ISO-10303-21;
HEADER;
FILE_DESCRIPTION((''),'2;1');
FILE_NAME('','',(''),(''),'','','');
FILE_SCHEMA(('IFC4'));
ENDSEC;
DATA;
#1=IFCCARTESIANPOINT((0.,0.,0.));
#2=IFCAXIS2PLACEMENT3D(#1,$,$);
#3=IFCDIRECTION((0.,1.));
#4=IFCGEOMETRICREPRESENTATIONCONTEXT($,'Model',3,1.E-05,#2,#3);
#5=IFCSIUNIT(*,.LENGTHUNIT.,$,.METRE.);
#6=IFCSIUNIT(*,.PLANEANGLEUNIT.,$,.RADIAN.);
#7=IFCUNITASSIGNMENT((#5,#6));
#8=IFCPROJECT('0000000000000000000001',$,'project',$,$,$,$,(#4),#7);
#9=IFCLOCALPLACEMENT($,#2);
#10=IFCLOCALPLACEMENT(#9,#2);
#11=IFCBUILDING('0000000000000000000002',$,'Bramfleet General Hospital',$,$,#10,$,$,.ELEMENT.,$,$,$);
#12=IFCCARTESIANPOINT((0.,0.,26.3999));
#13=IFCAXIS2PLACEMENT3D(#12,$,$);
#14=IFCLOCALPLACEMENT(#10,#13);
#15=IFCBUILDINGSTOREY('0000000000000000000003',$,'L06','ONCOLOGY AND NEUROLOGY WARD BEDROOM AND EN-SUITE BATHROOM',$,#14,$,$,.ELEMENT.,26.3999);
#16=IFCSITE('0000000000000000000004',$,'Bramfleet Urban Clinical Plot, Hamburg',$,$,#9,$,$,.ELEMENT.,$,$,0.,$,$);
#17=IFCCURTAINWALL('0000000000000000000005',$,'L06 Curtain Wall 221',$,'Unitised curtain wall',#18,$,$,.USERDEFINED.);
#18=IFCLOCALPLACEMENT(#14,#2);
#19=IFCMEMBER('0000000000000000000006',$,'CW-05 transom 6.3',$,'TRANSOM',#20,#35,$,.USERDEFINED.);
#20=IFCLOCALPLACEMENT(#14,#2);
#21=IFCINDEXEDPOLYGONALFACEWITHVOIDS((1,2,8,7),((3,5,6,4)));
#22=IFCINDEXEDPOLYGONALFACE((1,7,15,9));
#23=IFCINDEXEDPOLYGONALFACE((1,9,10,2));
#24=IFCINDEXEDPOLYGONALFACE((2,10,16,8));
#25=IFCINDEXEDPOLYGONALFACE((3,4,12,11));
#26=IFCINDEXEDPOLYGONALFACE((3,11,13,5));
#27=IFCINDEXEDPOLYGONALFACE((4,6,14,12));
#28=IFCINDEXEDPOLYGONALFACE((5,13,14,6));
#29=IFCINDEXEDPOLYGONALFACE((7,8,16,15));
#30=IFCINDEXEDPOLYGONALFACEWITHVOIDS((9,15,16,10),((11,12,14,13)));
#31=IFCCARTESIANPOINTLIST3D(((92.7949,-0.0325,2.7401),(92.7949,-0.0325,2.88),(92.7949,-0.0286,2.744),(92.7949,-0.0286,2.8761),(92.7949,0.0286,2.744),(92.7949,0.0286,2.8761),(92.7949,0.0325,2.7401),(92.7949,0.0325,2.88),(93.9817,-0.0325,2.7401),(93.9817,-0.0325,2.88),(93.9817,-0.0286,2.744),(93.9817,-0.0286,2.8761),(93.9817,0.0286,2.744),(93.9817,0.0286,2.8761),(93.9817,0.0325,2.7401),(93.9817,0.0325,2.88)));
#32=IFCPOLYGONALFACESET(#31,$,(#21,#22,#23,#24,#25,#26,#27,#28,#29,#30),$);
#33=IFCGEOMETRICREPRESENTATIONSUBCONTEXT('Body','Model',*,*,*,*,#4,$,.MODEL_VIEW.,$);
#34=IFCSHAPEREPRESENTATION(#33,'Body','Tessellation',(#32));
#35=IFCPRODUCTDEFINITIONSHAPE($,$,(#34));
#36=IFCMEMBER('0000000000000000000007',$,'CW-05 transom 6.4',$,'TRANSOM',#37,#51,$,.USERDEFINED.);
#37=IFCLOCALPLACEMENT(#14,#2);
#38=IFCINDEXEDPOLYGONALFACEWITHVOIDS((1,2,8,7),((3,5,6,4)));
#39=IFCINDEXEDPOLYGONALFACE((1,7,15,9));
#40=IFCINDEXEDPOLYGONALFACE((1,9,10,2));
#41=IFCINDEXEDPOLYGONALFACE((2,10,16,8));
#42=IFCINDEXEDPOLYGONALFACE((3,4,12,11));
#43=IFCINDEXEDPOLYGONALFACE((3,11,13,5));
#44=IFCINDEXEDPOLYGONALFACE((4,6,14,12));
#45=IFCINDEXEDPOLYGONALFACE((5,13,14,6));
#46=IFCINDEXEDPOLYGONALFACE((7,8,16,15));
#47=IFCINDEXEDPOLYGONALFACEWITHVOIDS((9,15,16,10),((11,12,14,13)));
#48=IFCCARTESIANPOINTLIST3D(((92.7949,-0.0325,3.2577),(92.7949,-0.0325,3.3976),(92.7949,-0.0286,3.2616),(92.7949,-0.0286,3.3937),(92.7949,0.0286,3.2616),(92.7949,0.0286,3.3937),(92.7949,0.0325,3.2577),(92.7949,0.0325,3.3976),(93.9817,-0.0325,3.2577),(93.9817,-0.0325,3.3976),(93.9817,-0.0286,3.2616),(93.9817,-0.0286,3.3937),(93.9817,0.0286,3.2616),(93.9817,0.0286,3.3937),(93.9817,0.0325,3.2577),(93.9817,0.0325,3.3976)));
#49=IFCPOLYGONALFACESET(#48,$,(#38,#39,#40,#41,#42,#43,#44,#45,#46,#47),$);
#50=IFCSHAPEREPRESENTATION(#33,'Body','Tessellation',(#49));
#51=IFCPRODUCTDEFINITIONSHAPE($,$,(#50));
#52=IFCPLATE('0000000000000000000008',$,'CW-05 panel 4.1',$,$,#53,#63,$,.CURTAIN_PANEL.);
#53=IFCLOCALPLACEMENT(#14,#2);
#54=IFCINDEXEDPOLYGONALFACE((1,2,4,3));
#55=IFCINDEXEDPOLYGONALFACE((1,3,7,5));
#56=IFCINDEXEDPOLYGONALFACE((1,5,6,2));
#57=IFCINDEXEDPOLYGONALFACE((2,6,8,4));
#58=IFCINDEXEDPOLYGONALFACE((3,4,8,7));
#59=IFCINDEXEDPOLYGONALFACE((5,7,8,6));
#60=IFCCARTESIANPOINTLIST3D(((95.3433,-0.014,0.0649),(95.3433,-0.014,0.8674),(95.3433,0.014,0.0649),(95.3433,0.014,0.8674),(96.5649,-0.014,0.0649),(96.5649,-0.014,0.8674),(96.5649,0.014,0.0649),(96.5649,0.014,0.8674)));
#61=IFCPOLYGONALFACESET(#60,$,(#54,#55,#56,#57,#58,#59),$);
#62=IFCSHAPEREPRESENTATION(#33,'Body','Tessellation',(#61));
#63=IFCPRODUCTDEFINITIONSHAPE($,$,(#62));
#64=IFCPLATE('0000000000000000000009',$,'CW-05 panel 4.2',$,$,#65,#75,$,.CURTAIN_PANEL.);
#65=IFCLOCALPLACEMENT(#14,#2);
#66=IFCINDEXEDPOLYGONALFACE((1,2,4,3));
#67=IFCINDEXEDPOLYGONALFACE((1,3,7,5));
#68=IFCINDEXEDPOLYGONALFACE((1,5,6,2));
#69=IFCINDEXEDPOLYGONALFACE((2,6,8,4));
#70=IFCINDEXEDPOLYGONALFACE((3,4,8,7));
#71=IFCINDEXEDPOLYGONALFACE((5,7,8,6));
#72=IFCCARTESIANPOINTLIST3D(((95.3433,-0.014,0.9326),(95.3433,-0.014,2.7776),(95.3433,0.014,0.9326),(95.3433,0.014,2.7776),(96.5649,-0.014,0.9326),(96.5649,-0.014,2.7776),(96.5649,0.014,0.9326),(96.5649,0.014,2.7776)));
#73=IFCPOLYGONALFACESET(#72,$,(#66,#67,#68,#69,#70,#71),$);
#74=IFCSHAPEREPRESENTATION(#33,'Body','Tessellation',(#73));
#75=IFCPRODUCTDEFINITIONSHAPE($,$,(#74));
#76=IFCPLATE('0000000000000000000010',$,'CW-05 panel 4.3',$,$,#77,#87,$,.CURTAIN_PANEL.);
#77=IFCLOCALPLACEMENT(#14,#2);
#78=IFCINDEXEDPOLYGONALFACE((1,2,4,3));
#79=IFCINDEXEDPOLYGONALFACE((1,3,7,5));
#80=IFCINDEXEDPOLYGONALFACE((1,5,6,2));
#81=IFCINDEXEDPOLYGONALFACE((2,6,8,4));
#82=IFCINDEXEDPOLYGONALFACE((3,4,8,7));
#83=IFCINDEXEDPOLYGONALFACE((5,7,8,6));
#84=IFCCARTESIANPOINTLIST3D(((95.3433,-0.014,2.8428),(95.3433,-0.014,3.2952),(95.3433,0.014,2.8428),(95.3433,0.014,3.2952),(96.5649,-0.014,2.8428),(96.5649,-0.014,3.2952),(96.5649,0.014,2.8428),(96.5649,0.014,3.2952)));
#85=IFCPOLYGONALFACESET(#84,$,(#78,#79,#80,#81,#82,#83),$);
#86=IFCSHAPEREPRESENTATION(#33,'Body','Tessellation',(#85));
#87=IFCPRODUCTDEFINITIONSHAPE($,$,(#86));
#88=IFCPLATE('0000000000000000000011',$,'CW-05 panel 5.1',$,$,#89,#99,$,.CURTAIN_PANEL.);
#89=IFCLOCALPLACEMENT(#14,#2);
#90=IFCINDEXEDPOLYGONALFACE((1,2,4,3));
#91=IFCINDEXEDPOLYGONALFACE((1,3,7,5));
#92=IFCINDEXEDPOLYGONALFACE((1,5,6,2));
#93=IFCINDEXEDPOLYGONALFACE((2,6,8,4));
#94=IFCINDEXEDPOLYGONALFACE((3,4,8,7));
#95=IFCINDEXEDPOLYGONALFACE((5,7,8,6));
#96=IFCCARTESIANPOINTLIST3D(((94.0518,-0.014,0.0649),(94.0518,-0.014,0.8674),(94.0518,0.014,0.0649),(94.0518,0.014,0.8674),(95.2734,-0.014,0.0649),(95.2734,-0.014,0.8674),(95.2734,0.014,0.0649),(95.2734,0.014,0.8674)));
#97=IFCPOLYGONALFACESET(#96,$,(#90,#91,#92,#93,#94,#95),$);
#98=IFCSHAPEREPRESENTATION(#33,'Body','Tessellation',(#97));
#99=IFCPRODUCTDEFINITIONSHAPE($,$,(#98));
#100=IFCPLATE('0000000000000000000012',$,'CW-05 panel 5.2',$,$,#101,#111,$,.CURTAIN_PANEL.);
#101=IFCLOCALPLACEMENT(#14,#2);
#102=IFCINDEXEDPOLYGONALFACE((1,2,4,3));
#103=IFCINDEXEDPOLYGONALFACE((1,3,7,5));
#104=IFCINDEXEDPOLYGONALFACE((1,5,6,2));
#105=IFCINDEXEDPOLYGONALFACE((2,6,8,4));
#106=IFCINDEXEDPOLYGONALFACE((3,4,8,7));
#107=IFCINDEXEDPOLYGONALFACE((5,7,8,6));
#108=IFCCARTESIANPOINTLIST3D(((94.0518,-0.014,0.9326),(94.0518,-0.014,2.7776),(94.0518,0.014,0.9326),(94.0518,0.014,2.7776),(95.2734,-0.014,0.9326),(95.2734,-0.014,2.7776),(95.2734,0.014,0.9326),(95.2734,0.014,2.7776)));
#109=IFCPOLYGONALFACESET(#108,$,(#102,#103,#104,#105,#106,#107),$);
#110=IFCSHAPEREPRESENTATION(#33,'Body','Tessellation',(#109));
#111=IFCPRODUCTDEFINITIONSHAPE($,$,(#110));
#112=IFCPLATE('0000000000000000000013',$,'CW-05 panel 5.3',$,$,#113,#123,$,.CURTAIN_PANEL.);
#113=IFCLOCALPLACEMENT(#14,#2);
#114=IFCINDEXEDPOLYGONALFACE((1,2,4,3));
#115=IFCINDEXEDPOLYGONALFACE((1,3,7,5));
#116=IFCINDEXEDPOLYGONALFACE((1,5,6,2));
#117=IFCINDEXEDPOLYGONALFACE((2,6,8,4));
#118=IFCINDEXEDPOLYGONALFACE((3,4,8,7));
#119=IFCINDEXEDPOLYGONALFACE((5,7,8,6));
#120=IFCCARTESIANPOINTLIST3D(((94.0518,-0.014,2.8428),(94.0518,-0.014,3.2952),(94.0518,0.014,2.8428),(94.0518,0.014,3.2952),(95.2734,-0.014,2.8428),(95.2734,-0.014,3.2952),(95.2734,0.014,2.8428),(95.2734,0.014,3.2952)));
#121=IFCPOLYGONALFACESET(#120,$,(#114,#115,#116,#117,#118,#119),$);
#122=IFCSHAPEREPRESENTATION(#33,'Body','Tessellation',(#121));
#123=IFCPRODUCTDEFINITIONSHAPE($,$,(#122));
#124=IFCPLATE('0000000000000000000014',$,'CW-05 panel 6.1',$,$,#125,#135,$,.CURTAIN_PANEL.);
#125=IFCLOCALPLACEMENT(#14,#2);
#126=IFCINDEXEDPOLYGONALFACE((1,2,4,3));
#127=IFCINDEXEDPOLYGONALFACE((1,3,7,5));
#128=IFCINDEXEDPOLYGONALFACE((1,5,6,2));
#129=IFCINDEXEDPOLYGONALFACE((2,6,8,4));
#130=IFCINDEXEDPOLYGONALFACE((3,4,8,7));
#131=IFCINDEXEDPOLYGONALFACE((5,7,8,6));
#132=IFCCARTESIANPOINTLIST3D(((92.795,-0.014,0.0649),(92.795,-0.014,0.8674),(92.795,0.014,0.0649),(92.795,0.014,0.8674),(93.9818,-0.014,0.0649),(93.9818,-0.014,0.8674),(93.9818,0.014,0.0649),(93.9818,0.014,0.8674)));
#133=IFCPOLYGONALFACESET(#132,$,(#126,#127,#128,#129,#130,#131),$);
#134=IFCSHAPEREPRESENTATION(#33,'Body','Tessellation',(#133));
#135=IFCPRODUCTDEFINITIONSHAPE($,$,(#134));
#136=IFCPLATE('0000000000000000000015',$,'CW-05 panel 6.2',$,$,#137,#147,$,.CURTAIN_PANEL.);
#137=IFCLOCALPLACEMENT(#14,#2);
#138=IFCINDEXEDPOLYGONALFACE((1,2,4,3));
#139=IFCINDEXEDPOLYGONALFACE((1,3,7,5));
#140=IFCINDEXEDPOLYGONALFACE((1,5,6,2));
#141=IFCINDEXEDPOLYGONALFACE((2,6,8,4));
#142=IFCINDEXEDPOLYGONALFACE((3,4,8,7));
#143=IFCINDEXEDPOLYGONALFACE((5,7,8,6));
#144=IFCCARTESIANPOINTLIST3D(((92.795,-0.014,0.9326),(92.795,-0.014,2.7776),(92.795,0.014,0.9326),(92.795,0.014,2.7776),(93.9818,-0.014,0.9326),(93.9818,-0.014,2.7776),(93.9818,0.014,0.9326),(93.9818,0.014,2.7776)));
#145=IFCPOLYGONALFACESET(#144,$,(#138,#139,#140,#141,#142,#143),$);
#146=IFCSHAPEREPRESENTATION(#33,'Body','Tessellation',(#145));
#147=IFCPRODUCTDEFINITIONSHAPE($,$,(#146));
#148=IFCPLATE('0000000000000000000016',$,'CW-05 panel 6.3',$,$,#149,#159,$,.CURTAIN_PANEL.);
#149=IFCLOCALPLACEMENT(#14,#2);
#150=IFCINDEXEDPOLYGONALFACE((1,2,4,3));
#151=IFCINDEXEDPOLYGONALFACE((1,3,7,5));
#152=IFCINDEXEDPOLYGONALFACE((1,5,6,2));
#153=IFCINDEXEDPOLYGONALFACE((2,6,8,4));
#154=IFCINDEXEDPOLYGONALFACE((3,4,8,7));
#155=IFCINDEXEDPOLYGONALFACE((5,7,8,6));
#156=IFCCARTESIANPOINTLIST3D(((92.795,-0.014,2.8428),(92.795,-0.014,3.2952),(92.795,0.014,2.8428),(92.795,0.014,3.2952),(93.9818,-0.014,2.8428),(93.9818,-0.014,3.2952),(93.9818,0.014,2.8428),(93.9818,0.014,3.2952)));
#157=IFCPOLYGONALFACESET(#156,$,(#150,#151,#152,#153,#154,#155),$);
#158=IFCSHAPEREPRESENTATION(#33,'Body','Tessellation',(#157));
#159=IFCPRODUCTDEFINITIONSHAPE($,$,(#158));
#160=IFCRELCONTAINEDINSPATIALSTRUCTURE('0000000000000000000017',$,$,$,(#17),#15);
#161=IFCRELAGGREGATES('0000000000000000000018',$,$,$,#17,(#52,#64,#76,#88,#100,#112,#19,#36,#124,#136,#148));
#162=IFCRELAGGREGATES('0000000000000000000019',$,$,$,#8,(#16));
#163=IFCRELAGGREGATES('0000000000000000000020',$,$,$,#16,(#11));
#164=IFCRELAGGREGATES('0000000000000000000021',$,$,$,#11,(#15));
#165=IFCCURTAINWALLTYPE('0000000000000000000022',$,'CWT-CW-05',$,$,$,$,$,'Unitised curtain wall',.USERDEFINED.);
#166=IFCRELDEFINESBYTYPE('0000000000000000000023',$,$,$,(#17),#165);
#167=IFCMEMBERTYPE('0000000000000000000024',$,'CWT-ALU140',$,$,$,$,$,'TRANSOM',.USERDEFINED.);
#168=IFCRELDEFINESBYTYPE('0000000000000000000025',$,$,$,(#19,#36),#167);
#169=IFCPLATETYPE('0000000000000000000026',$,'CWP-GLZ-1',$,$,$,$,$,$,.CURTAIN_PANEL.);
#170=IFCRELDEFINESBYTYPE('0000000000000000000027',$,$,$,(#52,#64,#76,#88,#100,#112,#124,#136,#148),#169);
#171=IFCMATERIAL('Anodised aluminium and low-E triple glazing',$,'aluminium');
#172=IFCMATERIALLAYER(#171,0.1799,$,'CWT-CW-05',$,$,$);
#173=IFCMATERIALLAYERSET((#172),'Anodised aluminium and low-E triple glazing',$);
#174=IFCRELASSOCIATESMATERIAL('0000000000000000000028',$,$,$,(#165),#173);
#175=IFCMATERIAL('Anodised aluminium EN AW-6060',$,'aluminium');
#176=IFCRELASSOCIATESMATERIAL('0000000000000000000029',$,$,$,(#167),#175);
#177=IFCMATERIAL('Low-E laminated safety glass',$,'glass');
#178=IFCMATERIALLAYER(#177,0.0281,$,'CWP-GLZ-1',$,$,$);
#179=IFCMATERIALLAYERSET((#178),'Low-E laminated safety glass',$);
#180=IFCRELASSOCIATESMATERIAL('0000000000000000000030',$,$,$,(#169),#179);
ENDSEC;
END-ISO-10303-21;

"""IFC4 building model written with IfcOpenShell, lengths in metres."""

from ifc_helpers import new_model, si_unit, direction, frame, origin, origin_2d, place, context, subcontext, project, spatial, rectangle, hollow_rectangle, extrude, material, layer, layer_set, material_profile, profile_set, type_object, element, aggregate, save


model = new_model("IFC4")

# Units and contexts
model_context = context("Model", 3, precision=1e-05, world=origin(), true_north=direction((0.0, 1.0)))
body_context = subcontext(model_context, "Body", "Model", "MODEL_VIEW")
ifc_project = project(units=[si_unit("LENGTHUNIT", "METRE"), si_unit("PLANEANGLEUNIT", "RADIAN")], contexts=[model_context])

# Site, building, storey
site_placement = place(None, origin())
site = spatial("IfcSite", under=ifc_project, at=site_placement, Name="Bramfleet Urban Clinical Plot, Hamburg", CompositionType="ELEMENT", RefElevation=0.0)
building_placement = place(site_placement, origin())
building = spatial("IfcBuilding", under=site, at=building_placement, Name="Bramfleet General Hospital", CompositionType="ELEMENT")
storey_placement = place(building_placement, frame((0.0, 0.0, 26.3999)))
storey = spatial("IfcBuildingStorey", under=building, at=storey_placement, Name="L06", Description="ONCOLOGY AND NEUROLOGY WARD BEDROOM AND EN-SUITE BATHROOM", CompositionType="ELEMENT", Elevation=26.3999)

# Curtain wall, members, plates
ifc_material_1 = material(Name="Anodised aluminium and low-E triple glazing", Category="aluminium")
ifc_layer_1 = layer(ifc_material_1, 0.1799, Name="CWT-CW-05")
ifc_layer_set_1 = layer_set([ifc_layer_1], Name="Anodised aluminium and low-E triple glazing")
curtain_wall_type = type_object("IfcCurtainWallType", Name="CWT-CW-05", ElementType="Unitised curtain wall", PredefinedType="USERDEFINED", material=ifc_layer_set_1)
curtain_wall_placement = place(storey_placement, origin())
curtain_wall = element("IfcCurtainWall", 1, at=curtain_wall_placement, inside=storey, type_object=curtain_wall_type, Name="L06 Curtain Wall 221", ObjectType="Unitised curtain wall", PredefinedType="USERDEFINED")
ifc_material_2 = material(Name="Anodised aluminium EN AW-6060", Category="aluminium")
ifc_material_profile_1 = material_profile(ifc_material_2, hollow_rectangle(XDim=0.0649, YDim=0.1399, WallThickness=0.0039, at=origin_2d()), Name="ALU 140x65x4.0")
ifc_profile_set_1 = profile_set([ifc_material_profile_1], Name="Anodised aluminium EN AW-6060")
member_type_1 = type_object("IfcMemberType", Name="CWT-ALU140", ElementType="TRANSOM", PredefinedType="USERDEFINED", material=ifc_profile_set_1)
member_1_placement = place(storey_placement, frame((93.9817, 0.0, 2.8101), z_axis=(-1.0, 0.0, 0.0), x_axis=(0.0, -1.0, 0.0)))
member_1 = element("IfcMember", 2, at=member_1_placement, type_object=member_type_1, Name="CW-05 transom 6.3", ObjectType="TRANSOM", PredefinedType="USERDEFINED", context=body_context, shape_type="SweptSolid", body=[
    extrude(hollow_rectangle(XDim=0.0649, YDim=0.1399, WallThickness=0.0039, at=origin_2d()), origin(), (0.0, 0.0, 1.0), 1.1868),
])
member_2_placement = place(storey_placement, frame((93.9817, 0.0, 3.3276), z_axis=(-1.0, 0.0, 0.0), x_axis=(0.0, -1.0, 0.0)))
member_2 = element("IfcMember", 3, at=member_2_placement, type_object=member_type_1, Name="CW-05 transom 6.4", ObjectType="TRANSOM", PredefinedType="USERDEFINED", context=body_context, shape_type="SweptSolid", body=[
    extrude(hollow_rectangle(XDim=0.0649, YDim=0.1399, WallThickness=0.0039, at=origin_2d()), origin(), (0.0, 0.0, 1.0), 1.1868),
])
ifc_material_3 = material(Name="Low-E laminated safety glass", Category="glass")
ifc_layer_2 = layer(ifc_material_3, 0.0281, Name="CWP-GLZ-1")
ifc_layer_set_2 = layer_set([ifc_layer_2], Name="Low-E laminated safety glass")
plate_type = type_object("IfcPlateType", Name="CWP-GLZ-1", PredefinedType="CURTAIN_PANEL", material=ifc_layer_set_2)
plate_1_placement = place(storey_placement, frame((95.9541, 0.0, 0.0649), z_axis=(0.0, 0.0, 1.0), x_axis=(-1.0, 0.0, 0.0)))
plate_1 = element("IfcPlate", 4, at=plate_1_placement, type_object=plate_type, Name="CW-05 panel 4.1", PredefinedType="CURTAIN_PANEL", context=body_context, shape_type="SweptSolid", body=[
    extrude(rectangle(XDim=1.2217, YDim=0.0281, at=origin_2d()), origin(), (0.0, 0.0, 1.0), 0.8025),
])
plate_2_placement = place(storey_placement, frame((95.9541, 0.0, 0.9326), z_axis=(0.0, 0.0, 1.0), x_axis=(-1.0, 0.0, 0.0)))
plate_2 = element("IfcPlate", 5, at=plate_2_placement, type_object=plate_type, Name="CW-05 panel 4.2", PredefinedType="CURTAIN_PANEL", context=body_context, shape_type="SweptSolid", body=[
    extrude(rectangle(XDim=1.2217, YDim=0.0281, at=origin_2d()), origin(), (0.0, 0.0, 1.0), 1.845),
])
plate_3_placement = place(storey_placement, frame((95.9541, 0.0, 2.8428), z_axis=(0.0, 0.0, 1.0), x_axis=(-1.0, 0.0, 0.0)))
plate_3 = element("IfcPlate", 6, at=plate_3_placement, type_object=plate_type, Name="CW-05 panel 4.3", PredefinedType="CURTAIN_PANEL", context=body_context, shape_type="SweptSolid", body=[
    extrude(rectangle(XDim=1.2217, YDim=0.0281, at=origin_2d()), origin(), (0.0, 0.0, 1.0), 0.4524),
])
plate_4_placement = place(storey_placement, frame((94.6626, 0.0, 0.0649), z_axis=(0.0, 0.0, 1.0), x_axis=(-1.0, 0.0, 0.0)))
plate_4 = element("IfcPlate", 7, at=plate_4_placement, type_object=plate_type, Name="CW-05 panel 5.1", PredefinedType="CURTAIN_PANEL", context=body_context, shape_type="SweptSolid", body=[
    extrude(rectangle(XDim=1.2217, YDim=0.0281, at=origin_2d()), origin(), (0.0, 0.0, 1.0), 0.8025),
])
plate_5_placement = place(storey_placement, frame((94.6626, 0.0, 0.9326), z_axis=(0.0, 0.0, 1.0), x_axis=(-1.0, 0.0, 0.0)))
plate_5 = element("IfcPlate", 8, at=plate_5_placement, type_object=plate_type, Name="CW-05 panel 5.2", PredefinedType="CURTAIN_PANEL", context=body_context, shape_type="SweptSolid", body=[
    extrude(rectangle(XDim=1.2217, YDim=0.0281, at=origin_2d()), origin(), (0.0, 0.0, 1.0), 1.845),
])
plate_6_placement = place(storey_placement, frame((94.6626, 0.0, 2.8428), z_axis=(0.0, 0.0, 1.0), x_axis=(-1.0, 0.0, 0.0)))
plate_6 = element("IfcPlate", 9, at=plate_6_placement, type_object=plate_type, Name="CW-05 panel 5.3", PredefinedType="CURTAIN_PANEL", context=body_context, shape_type="SweptSolid", body=[
    extrude(rectangle(XDim=1.2217, YDim=0.0281, at=origin_2d()), origin(), (0.0, 0.0, 1.0), 0.4524),
])
plate_7_placement = place(storey_placement, frame((93.3884, 0.0, 0.0649), z_axis=(0.0, 0.0, 1.0), x_axis=(-1.0, 0.0, 0.0)))
plate_7 = element("IfcPlate", 10, at=plate_7_placement, type_object=plate_type, Name="CW-05 panel 6.1", PredefinedType="CURTAIN_PANEL", context=body_context, shape_type="SweptSolid", body=[
    extrude(rectangle(XDim=1.1868, YDim=0.0281, at=origin_2d()), origin(), (0.0, 0.0, 1.0), 0.8025),
])
plate_8_placement = place(storey_placement, frame((93.3884, 0.0, 0.9326), z_axis=(0.0, 0.0, 1.0), x_axis=(-1.0, 0.0, 0.0)))
plate_8 = element("IfcPlate", 11, at=plate_8_placement, type_object=plate_type, Name="CW-05 panel 6.2", PredefinedType="CURTAIN_PANEL", context=body_context, shape_type="SweptSolid", body=[
    extrude(rectangle(XDim=1.1868, YDim=0.0281, at=origin_2d()), origin(), (0.0, 0.0, 1.0), 1.845),
])
plate_9_placement = place(storey_placement, frame((93.3884, 0.0, 2.8428), z_axis=(0.0, 0.0, 1.0), x_axis=(-1.0, 0.0, 0.0)))
plate_9 = element("IfcPlate", 12, at=plate_9_placement, type_object=plate_type, Name="CW-05 panel 6.3", PredefinedType="CURTAIN_PANEL", context=body_context, shape_type="SweptSolid", body=[
    extrude(rectangle(XDim=1.1868, YDim=0.0281, at=origin_2d()), origin(), (0.0, 0.0, 1.0), 0.4524),
])
aggregate(curtain_wall, [plate_1, plate_2, plate_3, plate_4, plate_5, plate_6, member_1, member_2, plate_7, plate_8, plate_9])

save(model, "model.ifc")
